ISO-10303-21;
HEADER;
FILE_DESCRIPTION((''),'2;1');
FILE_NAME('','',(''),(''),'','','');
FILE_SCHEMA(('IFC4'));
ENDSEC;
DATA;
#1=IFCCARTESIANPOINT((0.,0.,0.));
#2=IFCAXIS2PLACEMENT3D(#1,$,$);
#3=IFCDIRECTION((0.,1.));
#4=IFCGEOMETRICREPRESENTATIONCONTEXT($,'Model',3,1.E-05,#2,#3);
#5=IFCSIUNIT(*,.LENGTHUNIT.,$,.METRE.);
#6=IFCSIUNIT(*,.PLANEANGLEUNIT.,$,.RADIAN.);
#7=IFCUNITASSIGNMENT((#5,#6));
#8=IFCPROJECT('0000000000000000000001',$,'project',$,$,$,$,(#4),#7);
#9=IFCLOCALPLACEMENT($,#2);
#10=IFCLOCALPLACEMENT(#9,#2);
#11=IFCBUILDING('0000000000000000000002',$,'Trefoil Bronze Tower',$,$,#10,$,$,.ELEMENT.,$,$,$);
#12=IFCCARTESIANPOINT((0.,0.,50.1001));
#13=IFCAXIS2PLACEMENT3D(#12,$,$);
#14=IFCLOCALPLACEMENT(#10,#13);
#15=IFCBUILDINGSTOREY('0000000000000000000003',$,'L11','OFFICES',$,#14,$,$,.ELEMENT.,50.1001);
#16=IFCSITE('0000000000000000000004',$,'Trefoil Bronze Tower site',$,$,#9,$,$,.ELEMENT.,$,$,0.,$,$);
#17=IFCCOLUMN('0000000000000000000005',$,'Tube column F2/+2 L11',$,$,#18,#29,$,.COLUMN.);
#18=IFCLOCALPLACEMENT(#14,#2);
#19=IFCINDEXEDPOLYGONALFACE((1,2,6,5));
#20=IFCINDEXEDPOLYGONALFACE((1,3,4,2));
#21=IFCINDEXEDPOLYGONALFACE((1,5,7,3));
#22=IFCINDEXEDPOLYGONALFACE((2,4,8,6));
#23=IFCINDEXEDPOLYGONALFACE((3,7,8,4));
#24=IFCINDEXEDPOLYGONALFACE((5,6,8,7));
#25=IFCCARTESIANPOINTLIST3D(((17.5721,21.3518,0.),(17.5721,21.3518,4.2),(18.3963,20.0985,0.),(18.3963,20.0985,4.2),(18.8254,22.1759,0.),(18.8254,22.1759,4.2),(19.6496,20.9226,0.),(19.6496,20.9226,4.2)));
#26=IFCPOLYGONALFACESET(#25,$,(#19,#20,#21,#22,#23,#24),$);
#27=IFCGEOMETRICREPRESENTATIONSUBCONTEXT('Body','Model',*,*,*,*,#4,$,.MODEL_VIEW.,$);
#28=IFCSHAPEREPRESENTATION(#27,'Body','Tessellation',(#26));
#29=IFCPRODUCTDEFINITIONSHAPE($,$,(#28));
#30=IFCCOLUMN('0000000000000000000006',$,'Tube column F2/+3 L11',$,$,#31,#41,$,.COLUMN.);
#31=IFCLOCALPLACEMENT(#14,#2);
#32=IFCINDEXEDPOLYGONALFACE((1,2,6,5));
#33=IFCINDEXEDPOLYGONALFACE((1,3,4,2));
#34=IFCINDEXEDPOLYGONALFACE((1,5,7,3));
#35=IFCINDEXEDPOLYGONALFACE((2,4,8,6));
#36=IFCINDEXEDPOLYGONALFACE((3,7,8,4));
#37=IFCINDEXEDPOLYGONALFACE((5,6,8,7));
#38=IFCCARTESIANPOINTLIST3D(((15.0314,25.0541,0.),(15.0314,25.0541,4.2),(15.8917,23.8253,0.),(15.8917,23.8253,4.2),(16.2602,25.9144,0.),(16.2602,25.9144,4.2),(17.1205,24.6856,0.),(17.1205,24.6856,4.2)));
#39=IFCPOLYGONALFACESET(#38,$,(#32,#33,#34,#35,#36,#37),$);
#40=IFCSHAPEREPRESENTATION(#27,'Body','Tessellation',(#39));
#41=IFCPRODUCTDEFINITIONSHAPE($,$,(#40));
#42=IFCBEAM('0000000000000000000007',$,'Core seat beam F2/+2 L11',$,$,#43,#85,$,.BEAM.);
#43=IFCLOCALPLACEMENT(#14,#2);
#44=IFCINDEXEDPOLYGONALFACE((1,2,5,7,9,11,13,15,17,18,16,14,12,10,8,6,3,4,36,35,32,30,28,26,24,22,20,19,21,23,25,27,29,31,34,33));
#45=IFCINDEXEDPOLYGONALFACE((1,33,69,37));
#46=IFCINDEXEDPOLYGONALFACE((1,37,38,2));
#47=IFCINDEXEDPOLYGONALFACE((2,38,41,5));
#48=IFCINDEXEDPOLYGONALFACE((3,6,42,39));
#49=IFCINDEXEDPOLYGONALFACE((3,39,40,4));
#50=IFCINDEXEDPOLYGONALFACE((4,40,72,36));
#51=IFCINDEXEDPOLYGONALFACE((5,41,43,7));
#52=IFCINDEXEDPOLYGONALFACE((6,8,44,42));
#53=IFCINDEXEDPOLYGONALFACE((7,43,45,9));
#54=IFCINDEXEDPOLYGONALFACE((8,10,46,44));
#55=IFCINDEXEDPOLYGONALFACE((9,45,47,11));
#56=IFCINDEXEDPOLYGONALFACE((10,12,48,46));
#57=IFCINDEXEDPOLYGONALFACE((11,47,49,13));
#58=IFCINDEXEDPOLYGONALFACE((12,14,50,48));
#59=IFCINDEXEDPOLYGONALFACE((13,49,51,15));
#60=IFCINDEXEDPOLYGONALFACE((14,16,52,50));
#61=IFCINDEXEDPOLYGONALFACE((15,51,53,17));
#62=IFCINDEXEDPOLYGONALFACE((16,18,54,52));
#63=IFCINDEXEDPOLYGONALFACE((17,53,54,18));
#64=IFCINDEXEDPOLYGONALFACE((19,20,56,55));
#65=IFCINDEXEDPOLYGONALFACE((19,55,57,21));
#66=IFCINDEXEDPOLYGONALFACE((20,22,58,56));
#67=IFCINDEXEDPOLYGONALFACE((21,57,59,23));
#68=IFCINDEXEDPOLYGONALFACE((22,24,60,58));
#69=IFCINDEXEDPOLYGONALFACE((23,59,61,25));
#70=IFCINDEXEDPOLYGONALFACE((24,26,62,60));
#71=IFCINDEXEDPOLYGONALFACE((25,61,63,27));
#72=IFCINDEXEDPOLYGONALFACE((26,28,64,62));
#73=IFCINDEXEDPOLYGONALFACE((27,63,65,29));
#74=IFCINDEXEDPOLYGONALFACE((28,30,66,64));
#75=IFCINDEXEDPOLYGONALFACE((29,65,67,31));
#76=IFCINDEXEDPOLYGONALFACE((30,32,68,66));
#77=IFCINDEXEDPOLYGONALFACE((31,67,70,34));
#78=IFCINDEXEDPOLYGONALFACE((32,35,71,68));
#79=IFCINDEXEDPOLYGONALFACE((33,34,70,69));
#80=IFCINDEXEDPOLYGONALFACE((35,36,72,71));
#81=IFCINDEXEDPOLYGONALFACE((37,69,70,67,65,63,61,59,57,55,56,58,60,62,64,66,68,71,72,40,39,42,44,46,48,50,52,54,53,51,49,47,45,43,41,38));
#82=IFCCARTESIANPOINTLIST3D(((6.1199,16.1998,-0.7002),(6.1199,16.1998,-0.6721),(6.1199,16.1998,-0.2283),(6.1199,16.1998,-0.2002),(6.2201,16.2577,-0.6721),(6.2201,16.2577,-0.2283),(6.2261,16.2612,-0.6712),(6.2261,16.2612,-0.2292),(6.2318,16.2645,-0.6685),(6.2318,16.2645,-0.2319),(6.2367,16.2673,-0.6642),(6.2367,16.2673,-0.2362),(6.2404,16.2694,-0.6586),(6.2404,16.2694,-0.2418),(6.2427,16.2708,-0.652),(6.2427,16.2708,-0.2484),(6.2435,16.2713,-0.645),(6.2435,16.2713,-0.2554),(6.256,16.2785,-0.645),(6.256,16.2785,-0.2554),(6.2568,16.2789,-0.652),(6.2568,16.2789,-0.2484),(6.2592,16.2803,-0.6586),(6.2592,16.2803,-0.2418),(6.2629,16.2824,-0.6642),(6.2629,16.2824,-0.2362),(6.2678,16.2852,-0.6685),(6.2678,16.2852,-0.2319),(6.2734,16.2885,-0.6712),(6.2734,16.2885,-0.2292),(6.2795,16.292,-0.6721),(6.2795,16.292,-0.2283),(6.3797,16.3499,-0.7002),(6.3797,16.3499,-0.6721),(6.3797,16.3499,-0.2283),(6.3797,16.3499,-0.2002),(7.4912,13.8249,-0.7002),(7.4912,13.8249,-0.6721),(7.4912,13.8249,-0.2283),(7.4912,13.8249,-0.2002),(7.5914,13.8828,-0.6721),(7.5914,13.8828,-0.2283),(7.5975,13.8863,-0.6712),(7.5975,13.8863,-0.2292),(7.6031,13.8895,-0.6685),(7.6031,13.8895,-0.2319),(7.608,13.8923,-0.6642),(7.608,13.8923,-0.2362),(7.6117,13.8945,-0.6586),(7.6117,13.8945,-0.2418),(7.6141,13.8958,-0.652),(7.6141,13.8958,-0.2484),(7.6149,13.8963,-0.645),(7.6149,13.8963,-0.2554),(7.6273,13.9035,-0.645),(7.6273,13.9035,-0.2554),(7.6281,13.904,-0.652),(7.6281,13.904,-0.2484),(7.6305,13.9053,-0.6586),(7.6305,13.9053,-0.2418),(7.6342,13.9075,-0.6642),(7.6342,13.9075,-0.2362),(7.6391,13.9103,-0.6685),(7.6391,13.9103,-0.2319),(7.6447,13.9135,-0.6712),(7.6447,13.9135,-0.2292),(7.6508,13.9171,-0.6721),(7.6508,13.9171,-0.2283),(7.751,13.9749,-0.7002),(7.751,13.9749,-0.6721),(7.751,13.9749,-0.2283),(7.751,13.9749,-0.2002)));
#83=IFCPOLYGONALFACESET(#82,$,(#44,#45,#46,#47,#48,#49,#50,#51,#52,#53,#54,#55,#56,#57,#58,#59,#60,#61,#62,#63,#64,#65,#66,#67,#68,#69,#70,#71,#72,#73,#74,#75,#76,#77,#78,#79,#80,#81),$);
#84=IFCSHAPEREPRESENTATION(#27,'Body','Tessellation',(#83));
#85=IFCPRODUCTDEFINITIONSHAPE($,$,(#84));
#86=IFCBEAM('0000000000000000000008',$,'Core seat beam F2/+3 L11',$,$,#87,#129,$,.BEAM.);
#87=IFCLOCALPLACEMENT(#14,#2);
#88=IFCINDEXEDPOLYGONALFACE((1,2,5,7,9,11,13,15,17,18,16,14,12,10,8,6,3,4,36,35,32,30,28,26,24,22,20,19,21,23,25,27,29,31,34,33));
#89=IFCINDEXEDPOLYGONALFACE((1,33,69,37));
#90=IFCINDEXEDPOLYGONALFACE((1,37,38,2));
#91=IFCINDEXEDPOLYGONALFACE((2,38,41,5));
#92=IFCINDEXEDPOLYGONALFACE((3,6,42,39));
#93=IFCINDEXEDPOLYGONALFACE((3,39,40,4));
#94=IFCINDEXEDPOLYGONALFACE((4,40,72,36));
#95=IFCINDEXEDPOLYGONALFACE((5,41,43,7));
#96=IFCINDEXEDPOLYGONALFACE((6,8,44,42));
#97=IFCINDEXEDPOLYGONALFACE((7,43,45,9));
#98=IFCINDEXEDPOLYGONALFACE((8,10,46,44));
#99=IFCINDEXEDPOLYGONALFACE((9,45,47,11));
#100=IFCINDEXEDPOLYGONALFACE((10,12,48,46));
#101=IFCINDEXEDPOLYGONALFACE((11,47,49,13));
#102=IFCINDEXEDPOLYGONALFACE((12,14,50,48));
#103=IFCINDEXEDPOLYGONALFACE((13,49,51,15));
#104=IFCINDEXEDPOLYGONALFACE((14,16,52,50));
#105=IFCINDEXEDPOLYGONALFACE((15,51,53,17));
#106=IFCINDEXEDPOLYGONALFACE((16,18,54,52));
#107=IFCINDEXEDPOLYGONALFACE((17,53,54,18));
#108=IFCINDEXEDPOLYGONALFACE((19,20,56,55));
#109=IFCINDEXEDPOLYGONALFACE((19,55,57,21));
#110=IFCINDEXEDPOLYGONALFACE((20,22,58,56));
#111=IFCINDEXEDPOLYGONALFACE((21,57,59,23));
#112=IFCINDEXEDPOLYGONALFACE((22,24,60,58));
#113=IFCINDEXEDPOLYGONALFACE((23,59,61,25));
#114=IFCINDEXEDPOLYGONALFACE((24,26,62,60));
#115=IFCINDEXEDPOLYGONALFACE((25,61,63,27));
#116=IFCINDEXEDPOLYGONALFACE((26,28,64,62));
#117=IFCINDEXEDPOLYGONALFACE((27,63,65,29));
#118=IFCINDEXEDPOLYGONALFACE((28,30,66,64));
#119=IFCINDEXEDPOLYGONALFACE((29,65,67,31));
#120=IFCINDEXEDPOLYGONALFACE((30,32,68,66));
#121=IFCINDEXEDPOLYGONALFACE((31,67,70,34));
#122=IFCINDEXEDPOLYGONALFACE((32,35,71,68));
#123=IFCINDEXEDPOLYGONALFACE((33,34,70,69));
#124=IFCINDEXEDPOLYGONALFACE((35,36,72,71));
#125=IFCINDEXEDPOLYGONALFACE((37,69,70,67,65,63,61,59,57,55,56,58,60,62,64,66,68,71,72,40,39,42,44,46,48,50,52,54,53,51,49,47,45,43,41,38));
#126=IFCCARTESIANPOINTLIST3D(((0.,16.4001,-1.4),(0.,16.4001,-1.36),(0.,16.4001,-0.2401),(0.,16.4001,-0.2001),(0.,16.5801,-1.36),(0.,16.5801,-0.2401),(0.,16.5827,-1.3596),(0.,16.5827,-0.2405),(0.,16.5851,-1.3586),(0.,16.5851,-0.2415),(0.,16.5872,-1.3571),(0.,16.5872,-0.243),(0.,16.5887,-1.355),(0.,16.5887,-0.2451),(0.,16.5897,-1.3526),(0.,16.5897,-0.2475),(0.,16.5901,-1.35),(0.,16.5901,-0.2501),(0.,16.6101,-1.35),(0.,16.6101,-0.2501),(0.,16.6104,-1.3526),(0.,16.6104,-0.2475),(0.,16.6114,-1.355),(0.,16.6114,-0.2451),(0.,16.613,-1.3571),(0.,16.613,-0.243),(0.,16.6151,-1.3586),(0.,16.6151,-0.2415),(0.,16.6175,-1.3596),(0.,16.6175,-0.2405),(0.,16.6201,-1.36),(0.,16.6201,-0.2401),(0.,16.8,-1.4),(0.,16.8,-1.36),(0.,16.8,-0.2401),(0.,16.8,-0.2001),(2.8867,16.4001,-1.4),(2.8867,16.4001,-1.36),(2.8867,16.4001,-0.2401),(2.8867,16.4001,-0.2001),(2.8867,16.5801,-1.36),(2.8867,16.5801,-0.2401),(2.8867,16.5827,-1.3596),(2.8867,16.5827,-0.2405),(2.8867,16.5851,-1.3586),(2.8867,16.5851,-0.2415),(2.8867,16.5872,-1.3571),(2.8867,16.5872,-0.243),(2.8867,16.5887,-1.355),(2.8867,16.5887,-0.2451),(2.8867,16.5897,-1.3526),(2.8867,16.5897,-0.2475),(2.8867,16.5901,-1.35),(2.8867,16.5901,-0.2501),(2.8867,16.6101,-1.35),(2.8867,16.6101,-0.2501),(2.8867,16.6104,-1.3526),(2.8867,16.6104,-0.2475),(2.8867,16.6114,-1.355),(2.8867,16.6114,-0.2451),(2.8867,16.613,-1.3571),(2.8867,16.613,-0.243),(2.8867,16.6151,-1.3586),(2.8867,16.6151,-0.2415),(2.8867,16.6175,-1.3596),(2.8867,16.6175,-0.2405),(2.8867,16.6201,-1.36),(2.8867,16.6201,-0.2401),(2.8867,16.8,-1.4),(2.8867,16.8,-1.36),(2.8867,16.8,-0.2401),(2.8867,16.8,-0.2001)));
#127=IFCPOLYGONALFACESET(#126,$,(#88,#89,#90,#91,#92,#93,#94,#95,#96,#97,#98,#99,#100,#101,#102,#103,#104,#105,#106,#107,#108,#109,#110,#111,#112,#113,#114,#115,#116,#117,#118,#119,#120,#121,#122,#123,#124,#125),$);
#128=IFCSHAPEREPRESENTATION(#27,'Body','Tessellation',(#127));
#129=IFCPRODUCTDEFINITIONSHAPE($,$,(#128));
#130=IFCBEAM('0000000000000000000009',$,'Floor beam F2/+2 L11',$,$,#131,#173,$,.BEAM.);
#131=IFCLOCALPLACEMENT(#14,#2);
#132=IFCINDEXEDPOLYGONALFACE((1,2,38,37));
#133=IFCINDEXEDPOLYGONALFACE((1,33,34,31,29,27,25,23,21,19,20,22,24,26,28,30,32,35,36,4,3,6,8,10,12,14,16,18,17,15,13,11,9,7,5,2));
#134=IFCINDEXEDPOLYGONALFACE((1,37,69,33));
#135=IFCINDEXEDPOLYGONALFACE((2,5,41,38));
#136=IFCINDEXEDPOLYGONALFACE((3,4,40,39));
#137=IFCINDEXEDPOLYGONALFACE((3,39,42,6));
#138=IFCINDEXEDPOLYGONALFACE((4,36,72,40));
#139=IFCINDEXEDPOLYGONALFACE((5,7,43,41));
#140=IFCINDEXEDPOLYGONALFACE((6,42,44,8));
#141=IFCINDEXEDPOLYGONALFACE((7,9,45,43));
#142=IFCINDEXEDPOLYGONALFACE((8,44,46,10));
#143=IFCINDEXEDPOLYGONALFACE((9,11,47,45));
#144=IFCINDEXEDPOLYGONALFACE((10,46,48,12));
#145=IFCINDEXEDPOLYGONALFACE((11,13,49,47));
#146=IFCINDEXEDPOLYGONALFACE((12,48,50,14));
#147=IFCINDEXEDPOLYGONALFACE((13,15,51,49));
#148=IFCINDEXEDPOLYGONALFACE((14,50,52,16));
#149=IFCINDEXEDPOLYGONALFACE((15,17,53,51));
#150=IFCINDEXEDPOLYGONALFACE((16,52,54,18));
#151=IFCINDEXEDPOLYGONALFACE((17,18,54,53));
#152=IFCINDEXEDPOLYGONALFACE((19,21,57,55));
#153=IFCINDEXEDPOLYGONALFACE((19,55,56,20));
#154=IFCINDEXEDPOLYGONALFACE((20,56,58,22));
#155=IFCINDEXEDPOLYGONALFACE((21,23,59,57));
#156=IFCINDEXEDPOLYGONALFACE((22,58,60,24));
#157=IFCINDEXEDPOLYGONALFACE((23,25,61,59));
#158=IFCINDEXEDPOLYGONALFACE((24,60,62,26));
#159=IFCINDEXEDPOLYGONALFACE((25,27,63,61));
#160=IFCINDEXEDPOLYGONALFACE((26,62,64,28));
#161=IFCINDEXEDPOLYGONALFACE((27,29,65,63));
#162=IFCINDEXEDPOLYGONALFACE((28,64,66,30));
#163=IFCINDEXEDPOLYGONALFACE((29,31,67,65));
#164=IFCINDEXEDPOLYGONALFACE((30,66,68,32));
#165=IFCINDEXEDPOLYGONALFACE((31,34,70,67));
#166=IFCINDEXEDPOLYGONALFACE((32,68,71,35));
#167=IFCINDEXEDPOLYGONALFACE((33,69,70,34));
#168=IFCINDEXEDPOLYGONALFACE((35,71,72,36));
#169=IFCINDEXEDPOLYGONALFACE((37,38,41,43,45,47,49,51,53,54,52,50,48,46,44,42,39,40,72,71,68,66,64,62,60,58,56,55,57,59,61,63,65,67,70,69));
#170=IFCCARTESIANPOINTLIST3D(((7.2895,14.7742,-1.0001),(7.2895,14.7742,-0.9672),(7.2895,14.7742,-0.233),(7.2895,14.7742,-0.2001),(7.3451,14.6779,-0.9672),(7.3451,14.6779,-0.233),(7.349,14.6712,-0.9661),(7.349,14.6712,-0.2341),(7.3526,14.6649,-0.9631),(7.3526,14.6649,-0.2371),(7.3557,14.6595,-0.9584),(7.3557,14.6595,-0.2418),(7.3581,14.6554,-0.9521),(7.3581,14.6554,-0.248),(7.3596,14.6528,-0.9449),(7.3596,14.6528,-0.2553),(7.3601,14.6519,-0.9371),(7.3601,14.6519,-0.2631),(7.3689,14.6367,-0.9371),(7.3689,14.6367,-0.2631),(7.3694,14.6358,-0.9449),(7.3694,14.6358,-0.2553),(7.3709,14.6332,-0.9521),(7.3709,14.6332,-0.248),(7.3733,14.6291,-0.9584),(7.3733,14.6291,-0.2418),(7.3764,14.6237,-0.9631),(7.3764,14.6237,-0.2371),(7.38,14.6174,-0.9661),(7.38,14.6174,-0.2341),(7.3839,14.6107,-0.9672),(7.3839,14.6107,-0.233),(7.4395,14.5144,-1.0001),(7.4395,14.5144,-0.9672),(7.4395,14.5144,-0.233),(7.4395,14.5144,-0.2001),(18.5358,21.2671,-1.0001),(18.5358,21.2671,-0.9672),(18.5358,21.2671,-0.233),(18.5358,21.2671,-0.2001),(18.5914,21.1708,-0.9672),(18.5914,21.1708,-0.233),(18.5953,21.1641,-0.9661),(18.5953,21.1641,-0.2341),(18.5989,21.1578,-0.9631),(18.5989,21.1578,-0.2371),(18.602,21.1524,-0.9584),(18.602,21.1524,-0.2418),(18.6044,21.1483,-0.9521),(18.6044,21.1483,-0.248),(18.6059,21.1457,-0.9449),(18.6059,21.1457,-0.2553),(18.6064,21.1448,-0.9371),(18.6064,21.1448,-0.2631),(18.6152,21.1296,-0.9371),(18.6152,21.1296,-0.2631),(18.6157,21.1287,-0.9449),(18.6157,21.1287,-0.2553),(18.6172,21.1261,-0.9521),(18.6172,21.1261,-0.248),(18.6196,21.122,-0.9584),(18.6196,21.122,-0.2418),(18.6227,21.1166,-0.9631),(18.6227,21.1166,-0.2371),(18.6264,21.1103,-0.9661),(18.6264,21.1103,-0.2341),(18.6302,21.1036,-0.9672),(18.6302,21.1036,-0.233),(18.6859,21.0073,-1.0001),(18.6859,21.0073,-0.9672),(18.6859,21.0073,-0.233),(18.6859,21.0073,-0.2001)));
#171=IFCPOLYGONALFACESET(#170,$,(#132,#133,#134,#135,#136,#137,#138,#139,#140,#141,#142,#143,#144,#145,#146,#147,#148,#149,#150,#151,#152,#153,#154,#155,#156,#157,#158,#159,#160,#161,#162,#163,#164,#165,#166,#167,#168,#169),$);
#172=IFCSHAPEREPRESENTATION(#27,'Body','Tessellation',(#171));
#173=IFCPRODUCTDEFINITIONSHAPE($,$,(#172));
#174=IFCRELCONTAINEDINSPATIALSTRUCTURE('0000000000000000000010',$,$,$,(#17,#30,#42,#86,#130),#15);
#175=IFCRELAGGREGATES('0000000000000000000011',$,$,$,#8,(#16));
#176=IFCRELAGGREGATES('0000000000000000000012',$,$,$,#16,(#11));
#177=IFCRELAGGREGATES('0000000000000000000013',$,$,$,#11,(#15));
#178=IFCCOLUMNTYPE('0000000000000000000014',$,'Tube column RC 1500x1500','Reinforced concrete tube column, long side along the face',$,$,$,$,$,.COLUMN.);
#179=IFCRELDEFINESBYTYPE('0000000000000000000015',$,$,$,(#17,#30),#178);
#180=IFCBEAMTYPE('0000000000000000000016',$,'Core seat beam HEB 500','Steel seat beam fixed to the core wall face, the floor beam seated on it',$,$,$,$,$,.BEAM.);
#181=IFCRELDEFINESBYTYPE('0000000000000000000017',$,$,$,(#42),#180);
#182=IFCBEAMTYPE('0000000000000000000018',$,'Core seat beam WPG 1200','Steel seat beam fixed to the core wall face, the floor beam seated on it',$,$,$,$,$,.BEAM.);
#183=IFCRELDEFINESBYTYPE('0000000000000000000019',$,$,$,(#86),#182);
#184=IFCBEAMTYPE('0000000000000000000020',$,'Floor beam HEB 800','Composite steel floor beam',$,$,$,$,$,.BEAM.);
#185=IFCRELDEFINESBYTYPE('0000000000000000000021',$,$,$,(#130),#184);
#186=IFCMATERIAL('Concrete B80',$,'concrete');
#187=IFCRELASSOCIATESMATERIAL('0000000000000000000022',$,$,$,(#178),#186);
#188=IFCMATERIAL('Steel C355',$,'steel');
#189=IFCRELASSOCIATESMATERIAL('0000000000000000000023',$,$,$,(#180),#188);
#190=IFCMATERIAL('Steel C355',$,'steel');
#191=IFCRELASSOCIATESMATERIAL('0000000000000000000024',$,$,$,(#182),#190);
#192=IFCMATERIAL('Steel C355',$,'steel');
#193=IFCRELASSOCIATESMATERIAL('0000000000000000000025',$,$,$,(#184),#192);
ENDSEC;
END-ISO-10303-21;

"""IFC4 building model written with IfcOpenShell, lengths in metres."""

from ifc_helpers import new_model, si_unit, direction, frame, origin, origin_2d, place, context, subcontext, project, spatial, rectangle, i_section, extrude, material, material_profile, profile_set, type_object, element, save


model = new_model("IFC4")

# Units and contexts
model_context = context("Model", 3, precision=1e-05, world=origin(), true_north=direction((0.0, 1.0)))
body_context = subcontext(model_context, "Body", "Model", "MODEL_VIEW")
ifc_project = project(units=[si_unit("LENGTHUNIT", "METRE"), si_unit("PLANEANGLEUNIT", "RADIAN")], contexts=[model_context])

# Site, building, storey
site_placement = place(None, origin())
site = spatial("IfcSite", under=ifc_project, at=site_placement, Name="Trefoil Bronze Tower site", CompositionType="ELEMENT", RefElevation=0.0)
building_placement = place(site_placement, origin())
building = spatial("IfcBuilding", under=site, at=building_placement, Name="Trefoil Bronze Tower", CompositionType="ELEMENT")
storey_placement = place(building_placement, frame((0.0, 0.0, 50.1001)))
storey = spatial("IfcBuildingStorey", under=building, at=storey_placement, Name="L11", Description="OFFICES", CompositionType="ELEMENT", Elevation=50.1001)

# Columns
ifc_material_1 = material(Name="Concrete B80", Category="concrete")
ifc_material_profile_1 = material_profile(ifc_material_1, rectangle(XDim=1.5, YDim=1.5, at=origin_2d()), Name="RC 1500x1500")
ifc_profile_set_1 = profile_set([ifc_material_profile_1], Name="Concrete B80")
column_type = type_object("IfcColumnType", Name="Tube column RC 1500x1500", Description="Reinforced concrete tube column, long side along the face", PredefinedType="COLUMN", material=ifc_profile_set_1)
for number, where, z_axis, x_axis, name in (
    (1, (18.6108, 21.1372, 0.0), (0.0, 0.0, 1.0), (-0.549424, 0.835544, 0.0), "Tube column F2/+2 L11"),
    (2, (16.0759, 24.8699, 0.0), (0.0, 0.0, 1.0), (-0.573502, 0.819204, 0.0), "Tube column F2/+3 L11"),
):
    element("IfcColumn", number, at=place(storey_placement, frame(where, z_axis=z_axis, x_axis=x_axis)), inside=storey, type_object=column_type, Name=name, PredefinedType="COLUMN", context=body_context, shape_type="SweptSolid", body=[
        extrude(rectangle(XDim=1.5, YDim=1.5, at=origin_2d()), origin(), (0.0, 0.0, 1.0), 4.2),
    ])

# Beams
ifc_material_2 = material(Name="Steel C355", Category="steel")
ifc_material_profile_2 = material_profile(ifc_material_2, i_section(OverallWidth=0.3, OverallDepth=0.5, WebThickness=0.0144, FlangeThickness=0.0281, FilletRadius=0.0271, at=origin_2d()), Name="HEB 500")
ifc_profile_set_2 = profile_set([ifc_material_profile_2], Name="Steel C355")
beam_type_1 = type_object("IfcBeamType", Name="Core seat beam HEB 500", Description="Steel seat beam fixed to the core wall face, the floor beam seated on it", PredefinedType="BEAM", material=ifc_profile_set_2)
beam_1_placement = place(storey_placement, frame((7.6211, 13.8999, -0.4502), z_axis=(-0.500036, 0.866005, 0.0), x_axis=(-0.866005, -0.500036, 0.0)))
element("IfcBeam", 3, at=beam_1_placement, inside=storey, type_object=beam_type_1, Name="Core seat beam F2/+2 L11", PredefinedType="BEAM", context=body_context, shape_type="SweptSolid", body=[
    extrude(i_section(OverallWidth=0.3, OverallDepth=0.5, WebThickness=0.0144, FlangeThickness=0.0281, FilletRadius=0.0271, at=origin_2d()), origin(), (0.0, 0.0, 1.0), 2.7424),
])
ifc_material_3 = material(Name="Steel C355", Category="steel")
ifc_material_profile_3 = material_profile(ifc_material_3, i_section(OverallWidth=0.3999, OverallDepth=1.2, WebThickness=0.02, FlangeThickness=0.04, FilletRadius=0.01, at=origin_2d()), Name="WPG 1200")
ifc_profile_set_3 = profile_set([ifc_material_profile_3], Name="Steel C355")
beam_type_2 = type_object("IfcBeamType", Name="Core seat beam WPG 1200", Description="Steel seat beam fixed to the core wall face, the floor beam seated on it", PredefinedType="BEAM", material=ifc_profile_set_3)
beam_2_placement = place(storey_placement, frame((2.8867, 16.6001, -0.8), z_axis=(-1.0, 0.0, 0.0), x_axis=(0.0, -1.0, 0.0)))
element("IfcBeam", 4, at=beam_2_placement, inside=storey, type_object=beam_type_2, Name="Core seat beam F2/+3 L11", PredefinedType="BEAM", context=body_context, shape_type="SweptSolid", body=[
    extrude(i_section(OverallWidth=0.3999, OverallDepth=1.2, WebThickness=0.02, FlangeThickness=0.04, FilletRadius=0.01, at=origin_2d()), origin(), (0.0, 0.0, 1.0), 2.8867),
])
ifc_material_4 = material(Name="Steel C355", Category="steel")
ifc_material_profile_4 = material_profile(ifc_material_4, i_section(OverallWidth=0.3, OverallDepth=0.8, WebThickness=0.0176, FlangeThickness=0.033, FilletRadius=0.03, at=origin_2d()), Name="HEB 800")
ifc_profile_set_4 = profile_set([ifc_material_profile_4], Name="Steel C355")
beam_type_3 = type_object("IfcBeamType", Name="Floor beam HEB 800", Description="Composite steel floor beam", PredefinedType="BEAM", material=ifc_profile_set_4)
beam_3_placement = place(storey_placement, frame((18.6108, 21.1372, -0.6001), z_axis=(-0.866031, -0.499991, 0.0), x_axis=(0.499991, -0.866031, 0.0)))
element("IfcBeam", 5, at=beam_3_placement, inside=storey, type_object=beam_type_3, Name="Floor beam F2/+2 L11", PredefinedType="BEAM", context=body_context, shape_type="SweptSolid", body=[
    extrude(i_section(OverallWidth=0.3, OverallDepth=0.8, WebThickness=0.0176, FlangeThickness=0.033, FilletRadius=0.03, at=origin_2d()), origin(), (0.0, 0.0, 1.0), 12.9861),
])

save(model, "model.ifc")
